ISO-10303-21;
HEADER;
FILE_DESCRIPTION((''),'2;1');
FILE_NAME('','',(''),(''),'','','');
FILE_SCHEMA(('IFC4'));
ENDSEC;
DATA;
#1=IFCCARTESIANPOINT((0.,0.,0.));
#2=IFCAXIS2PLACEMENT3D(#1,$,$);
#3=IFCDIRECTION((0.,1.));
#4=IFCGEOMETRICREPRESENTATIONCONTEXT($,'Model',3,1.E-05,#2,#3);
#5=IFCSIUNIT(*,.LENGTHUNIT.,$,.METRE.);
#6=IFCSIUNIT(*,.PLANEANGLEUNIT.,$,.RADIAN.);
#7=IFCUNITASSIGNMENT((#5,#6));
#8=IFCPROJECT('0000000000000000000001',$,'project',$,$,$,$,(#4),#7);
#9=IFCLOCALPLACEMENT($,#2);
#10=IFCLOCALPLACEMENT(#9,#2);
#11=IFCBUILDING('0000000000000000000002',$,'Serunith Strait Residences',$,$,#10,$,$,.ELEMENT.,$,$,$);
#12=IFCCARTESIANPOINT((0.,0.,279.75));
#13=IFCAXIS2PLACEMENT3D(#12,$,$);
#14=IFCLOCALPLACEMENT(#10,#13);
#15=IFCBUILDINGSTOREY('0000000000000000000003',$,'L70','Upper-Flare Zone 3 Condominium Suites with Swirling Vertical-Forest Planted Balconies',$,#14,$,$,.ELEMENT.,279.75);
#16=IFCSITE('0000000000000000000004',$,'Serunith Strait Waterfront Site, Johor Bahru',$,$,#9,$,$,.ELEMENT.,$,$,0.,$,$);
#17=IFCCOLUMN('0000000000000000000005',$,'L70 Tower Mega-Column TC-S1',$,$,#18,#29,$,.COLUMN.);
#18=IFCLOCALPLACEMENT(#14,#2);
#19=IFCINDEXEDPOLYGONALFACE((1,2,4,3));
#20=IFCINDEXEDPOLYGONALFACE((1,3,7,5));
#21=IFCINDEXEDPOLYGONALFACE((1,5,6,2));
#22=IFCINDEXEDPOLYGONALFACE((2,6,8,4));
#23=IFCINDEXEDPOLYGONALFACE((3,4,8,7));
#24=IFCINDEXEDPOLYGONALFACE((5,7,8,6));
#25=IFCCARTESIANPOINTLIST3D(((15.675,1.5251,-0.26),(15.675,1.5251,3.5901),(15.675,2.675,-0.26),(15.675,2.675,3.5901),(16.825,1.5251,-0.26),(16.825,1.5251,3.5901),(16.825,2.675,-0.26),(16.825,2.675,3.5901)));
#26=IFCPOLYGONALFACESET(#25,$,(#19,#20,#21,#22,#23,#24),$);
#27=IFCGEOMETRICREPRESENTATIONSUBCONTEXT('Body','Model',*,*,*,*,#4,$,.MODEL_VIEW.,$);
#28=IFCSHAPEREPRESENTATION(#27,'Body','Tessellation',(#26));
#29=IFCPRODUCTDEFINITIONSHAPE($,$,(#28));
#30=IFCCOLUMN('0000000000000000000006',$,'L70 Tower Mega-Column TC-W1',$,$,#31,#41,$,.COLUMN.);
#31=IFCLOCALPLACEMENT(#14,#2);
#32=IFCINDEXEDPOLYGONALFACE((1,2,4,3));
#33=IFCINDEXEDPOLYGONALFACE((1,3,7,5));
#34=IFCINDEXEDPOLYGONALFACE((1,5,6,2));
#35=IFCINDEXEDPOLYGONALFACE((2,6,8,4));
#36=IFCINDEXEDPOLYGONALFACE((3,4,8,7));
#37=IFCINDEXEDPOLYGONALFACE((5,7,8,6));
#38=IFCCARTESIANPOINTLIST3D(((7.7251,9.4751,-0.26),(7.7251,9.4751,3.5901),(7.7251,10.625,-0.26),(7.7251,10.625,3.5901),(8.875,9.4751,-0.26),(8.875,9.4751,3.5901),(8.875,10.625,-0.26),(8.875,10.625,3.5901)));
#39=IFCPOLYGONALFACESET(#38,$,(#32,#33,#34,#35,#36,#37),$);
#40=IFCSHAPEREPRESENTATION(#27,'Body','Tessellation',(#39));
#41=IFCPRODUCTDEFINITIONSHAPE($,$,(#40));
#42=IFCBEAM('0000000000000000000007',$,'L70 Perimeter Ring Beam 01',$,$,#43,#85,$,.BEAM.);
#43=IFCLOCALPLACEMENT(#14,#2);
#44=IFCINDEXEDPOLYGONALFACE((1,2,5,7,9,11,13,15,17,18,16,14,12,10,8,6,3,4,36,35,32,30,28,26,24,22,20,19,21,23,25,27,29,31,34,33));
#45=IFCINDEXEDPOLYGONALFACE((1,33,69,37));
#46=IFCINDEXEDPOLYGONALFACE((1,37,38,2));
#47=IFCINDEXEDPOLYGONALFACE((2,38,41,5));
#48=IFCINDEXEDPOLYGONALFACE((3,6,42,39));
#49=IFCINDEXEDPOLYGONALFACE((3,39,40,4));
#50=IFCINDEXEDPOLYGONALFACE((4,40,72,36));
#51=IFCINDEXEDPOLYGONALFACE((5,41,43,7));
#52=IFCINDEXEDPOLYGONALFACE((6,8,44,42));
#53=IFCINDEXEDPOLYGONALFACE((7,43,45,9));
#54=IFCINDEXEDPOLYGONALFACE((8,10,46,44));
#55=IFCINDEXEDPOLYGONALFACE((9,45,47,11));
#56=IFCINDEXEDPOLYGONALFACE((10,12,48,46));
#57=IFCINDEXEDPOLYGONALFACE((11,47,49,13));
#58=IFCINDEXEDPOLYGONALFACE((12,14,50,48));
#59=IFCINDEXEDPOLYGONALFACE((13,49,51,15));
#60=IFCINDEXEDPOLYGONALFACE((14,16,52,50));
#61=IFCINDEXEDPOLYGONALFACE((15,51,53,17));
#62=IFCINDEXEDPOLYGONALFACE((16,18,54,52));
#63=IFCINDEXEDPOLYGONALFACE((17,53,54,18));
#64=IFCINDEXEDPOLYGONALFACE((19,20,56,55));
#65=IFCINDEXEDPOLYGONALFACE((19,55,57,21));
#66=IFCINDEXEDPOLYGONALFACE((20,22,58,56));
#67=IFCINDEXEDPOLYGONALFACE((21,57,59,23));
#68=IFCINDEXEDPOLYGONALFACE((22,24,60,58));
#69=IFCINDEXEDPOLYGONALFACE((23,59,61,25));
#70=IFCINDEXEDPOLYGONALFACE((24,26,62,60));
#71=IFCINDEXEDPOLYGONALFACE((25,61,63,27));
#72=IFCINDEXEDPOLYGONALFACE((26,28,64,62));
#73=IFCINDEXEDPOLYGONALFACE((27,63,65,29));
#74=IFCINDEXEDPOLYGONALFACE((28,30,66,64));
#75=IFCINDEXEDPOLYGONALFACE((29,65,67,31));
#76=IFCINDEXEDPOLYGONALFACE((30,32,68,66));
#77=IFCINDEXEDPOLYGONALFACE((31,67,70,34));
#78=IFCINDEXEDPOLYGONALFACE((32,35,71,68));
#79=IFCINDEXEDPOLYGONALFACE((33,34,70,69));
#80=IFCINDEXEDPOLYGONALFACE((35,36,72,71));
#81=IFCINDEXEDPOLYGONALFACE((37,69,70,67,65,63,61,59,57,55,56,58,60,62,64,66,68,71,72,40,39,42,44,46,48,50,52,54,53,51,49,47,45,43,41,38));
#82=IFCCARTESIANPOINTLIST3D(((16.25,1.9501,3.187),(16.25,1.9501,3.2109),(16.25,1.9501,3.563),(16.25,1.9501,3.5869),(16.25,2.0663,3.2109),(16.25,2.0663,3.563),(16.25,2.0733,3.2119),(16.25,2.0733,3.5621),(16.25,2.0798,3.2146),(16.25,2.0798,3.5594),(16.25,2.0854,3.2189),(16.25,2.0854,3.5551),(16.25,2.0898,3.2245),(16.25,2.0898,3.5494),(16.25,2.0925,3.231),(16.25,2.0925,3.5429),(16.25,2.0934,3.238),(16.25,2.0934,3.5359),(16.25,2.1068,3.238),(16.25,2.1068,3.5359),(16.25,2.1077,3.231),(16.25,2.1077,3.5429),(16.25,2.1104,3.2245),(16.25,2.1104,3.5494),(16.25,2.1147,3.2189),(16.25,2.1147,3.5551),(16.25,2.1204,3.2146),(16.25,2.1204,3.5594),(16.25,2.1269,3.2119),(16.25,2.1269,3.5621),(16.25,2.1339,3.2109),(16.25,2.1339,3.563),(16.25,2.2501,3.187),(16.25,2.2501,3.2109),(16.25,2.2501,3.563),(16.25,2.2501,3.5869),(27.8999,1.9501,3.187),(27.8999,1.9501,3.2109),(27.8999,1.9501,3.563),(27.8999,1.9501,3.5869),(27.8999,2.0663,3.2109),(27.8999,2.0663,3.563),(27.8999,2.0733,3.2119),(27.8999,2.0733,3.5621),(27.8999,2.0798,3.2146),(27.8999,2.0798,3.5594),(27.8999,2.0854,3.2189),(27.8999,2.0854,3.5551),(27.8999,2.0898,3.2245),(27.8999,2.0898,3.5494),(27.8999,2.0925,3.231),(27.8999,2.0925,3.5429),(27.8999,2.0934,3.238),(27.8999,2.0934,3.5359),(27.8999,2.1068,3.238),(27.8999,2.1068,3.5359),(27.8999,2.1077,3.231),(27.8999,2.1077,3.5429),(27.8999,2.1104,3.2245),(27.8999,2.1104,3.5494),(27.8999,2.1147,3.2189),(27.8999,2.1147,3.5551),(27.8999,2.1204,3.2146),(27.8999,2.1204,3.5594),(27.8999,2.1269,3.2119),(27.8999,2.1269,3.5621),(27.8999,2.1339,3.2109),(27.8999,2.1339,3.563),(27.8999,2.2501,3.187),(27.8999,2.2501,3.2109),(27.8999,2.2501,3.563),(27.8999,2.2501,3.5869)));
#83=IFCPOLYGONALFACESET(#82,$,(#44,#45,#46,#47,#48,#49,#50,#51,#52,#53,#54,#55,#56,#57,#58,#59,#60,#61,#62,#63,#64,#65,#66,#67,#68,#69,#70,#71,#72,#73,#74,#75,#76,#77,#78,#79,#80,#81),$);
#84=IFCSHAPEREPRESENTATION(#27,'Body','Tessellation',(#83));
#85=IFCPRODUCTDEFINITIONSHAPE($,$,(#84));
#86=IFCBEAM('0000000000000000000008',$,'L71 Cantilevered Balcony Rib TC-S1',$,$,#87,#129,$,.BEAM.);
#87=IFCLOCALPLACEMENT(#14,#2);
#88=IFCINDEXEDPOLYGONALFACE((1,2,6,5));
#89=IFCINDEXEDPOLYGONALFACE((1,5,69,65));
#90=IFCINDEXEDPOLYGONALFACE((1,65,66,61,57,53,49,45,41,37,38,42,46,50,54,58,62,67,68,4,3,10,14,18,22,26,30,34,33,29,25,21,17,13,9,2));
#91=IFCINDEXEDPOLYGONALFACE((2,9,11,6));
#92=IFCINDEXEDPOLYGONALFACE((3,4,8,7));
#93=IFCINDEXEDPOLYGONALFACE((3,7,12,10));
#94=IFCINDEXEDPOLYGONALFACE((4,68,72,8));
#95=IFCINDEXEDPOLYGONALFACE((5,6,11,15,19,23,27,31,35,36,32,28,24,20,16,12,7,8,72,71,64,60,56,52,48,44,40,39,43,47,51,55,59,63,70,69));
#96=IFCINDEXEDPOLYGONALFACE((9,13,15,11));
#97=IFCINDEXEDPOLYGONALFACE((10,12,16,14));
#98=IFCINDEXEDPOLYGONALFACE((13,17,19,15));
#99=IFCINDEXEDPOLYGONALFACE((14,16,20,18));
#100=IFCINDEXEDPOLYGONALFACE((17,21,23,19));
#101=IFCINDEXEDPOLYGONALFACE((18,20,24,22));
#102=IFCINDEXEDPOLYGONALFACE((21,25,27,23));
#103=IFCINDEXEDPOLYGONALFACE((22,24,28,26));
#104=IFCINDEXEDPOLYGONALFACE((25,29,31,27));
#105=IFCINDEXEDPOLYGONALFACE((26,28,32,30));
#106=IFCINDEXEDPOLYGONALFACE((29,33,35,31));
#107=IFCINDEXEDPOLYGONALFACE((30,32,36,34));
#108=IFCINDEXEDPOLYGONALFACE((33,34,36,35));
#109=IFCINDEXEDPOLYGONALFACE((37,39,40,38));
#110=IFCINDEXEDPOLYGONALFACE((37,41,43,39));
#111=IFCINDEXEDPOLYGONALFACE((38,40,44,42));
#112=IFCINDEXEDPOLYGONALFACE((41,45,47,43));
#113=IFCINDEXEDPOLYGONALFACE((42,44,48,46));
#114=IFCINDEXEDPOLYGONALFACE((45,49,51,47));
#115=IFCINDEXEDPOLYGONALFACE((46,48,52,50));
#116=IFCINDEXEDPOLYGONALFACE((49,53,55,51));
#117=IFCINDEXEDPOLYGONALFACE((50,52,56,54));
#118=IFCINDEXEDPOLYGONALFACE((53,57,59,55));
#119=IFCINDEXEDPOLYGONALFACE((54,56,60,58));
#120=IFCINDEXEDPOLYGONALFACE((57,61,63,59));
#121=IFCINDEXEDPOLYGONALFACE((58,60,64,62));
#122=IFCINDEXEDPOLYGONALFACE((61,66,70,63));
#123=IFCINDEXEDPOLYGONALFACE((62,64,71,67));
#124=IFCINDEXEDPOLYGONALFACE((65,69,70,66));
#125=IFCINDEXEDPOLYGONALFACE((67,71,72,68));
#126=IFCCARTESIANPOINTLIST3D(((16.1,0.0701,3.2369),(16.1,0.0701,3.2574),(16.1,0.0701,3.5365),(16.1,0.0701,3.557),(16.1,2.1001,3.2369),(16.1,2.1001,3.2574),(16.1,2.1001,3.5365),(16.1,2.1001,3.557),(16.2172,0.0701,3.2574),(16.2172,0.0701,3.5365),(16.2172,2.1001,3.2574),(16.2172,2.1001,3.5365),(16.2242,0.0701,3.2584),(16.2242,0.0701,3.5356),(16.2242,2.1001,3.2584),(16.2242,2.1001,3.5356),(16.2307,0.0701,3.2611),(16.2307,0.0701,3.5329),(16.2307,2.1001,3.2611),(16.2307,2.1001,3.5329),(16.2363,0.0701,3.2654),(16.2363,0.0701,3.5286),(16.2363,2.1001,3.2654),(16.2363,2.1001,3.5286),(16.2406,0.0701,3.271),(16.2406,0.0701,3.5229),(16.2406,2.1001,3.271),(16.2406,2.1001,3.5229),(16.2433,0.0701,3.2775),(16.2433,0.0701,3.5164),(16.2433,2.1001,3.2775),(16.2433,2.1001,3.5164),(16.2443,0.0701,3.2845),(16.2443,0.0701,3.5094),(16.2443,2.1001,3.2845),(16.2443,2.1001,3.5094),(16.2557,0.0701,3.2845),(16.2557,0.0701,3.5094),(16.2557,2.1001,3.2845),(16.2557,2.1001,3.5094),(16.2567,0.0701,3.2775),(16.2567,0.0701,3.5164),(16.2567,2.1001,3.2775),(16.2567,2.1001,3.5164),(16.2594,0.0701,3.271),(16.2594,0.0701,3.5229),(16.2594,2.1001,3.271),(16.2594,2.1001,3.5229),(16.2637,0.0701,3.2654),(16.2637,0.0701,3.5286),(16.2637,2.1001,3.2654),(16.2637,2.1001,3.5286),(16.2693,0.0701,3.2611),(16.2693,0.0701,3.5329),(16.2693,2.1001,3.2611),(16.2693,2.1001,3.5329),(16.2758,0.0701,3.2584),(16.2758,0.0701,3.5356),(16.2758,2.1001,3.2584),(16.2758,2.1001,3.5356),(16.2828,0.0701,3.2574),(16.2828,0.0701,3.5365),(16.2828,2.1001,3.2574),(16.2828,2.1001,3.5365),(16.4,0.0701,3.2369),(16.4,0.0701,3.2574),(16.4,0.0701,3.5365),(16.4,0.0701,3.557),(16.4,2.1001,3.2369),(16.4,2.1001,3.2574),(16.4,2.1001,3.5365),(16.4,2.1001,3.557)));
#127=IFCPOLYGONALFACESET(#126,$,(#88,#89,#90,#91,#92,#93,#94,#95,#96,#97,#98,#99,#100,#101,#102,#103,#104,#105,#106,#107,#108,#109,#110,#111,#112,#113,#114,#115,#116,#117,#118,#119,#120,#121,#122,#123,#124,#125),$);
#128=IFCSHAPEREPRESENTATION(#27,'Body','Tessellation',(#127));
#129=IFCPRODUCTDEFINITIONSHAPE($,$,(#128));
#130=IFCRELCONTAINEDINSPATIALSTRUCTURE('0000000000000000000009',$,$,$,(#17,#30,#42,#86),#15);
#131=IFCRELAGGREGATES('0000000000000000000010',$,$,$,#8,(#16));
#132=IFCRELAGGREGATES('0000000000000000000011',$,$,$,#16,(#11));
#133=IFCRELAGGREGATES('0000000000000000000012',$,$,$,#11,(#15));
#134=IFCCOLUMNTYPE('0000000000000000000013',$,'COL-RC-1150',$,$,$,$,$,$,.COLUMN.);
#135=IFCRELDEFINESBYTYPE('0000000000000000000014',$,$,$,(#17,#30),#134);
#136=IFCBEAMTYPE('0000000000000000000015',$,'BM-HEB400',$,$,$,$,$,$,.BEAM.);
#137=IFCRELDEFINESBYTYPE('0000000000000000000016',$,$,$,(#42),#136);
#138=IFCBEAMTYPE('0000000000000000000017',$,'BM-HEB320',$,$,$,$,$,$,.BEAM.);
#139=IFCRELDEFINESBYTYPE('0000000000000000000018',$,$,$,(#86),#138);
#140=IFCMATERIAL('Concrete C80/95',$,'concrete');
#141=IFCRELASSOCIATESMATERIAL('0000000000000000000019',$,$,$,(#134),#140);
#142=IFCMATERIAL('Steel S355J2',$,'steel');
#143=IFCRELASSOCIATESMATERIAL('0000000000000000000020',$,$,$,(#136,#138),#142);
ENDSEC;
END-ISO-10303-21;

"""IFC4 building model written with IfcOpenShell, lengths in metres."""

from ifc_helpers import new_model, si_unit, direction, frame, origin, origin_2d, place, context, subcontext, project, spatial, rectangle, i_section, extrude, source, transform, mapped, material, material_profile, profile_set, type_object, element, save


model = new_model("IFC4")

# Units and contexts
model_context = context("Model", 3, precision=1e-05, world=origin(), true_north=direction((0.0, 1.0)))
body_context = subcontext(model_context, "Body", "Model", "MODEL_VIEW")
ifc_project = project(units=[si_unit("LENGTHUNIT", "METRE"), si_unit("PLANEANGLEUNIT", "RADIAN")], contexts=[model_context])

# Site, building, storey
site_placement = place(None, origin())
site = spatial("IfcSite", under=ifc_project, at=site_placement, Name="Serunith Strait Waterfront Site, Johor Bahru", CompositionType="ELEMENT", RefElevation=0.0)
building_placement = place(site_placement, origin())
building = spatial("IfcBuilding", under=site, at=building_placement, Name="Serunith Strait Residences", CompositionType="ELEMENT")
storey_placement = place(building_placement, frame((0.0, 0.0, 279.75)))
storey = spatial("IfcBuildingStorey", under=building, at=storey_placement, Name="L70", Description="Upper-Flare Zone 3 Condominium Suites with Swirling Vertical-Forest Planted Balconies", CompositionType="ELEMENT", Elevation=279.75)

# Columns
ifc_material_1 = material(Name="Concrete C80/95", Category="concrete")
ifc_material_profile_1 = material_profile(ifc_material_1, rectangle(XDim=1.1499, YDim=1.1499, at=origin_2d()), Name="RC 1150x1150")
ifc_profile_set_1 = profile_set([ifc_material_profile_1], Name="Concrete C80/95")
column_type = type_object("IfcColumnType", Name="COL-RC-1150", PredefinedType="COLUMN", material=ifc_profile_set_1)
shared_shape_1 = source(origin(), body_context, "Body", "SweptSolid", [
    extrude(rectangle(XDim=1.1499, YDim=1.1499, at=origin_2d()), origin(), (0.0, 0.0, 1.0), 3.8501),
])
for number, where, z_axis, x_axis, name in (
    (1, (16.25, 2.1001, -0.26), (0.0, 0.0, 1.0), (1.0, 0.0, 0.0), "L70 Tower Mega-Column TC-S1"),
    (2, (8.3, 10.05, -0.26), (0.0, 0.0, 1.0), (1.0, 0.0, 0.0), "L70 Tower Mega-Column TC-W1"),
):
    element("IfcColumn", number, at=place(storey_placement, frame(where, z_axis=z_axis, x_axis=x_axis)), inside=storey, type_object=column_type, Name=name, PredefinedType="COLUMN", context=body_context, shape_type="MappedRepresentation", body=[
        mapped(shared_shape_1, transform((0.0, 0.0, 0.0), scale=1.0)),
    ])

# Beams
ifc_material_2 = material(Name="Steel S355J2", Category="steel")
ifc_material_profile_2 = material_profile(ifc_material_2, i_section(OverallWidth=0.3, OverallDepth=0.3999, WebThickness=0.0134, FlangeThickness=0.0239, FilletRadius=0.0271, at=origin_2d()), Name="HEB 400")
ifc_profile_set_2 = profile_set([ifc_material_profile_2], Name="Steel S355J2")
beam_type_1 = type_object("IfcBeamType", Name="BM-HEB400", PredefinedType="BEAM", material=ifc_profile_set_2)
shared_shape_2 = source(origin(), body_context, "Body", "SweptSolid", [
    extrude(i_section(OverallWidth=0.3, OverallDepth=0.3999, WebThickness=0.0134, FlangeThickness=0.0239, FilletRadius=0.0271, at=origin_2d()), origin(), (0.0, 0.0, 1.0), 11.6499),
])
beam_1_placement = place(storey_placement, frame((16.25, 2.1001, 3.387), z_axis=(1.0, 0.0, 0.0), x_axis=(0.0, 1.0, 0.0)))
element("IfcBeam", 3, at=beam_1_placement, inside=storey, type_object=beam_type_1, Name="L70 Perimeter Ring Beam 01", PredefinedType="BEAM", context=body_context, shape_type="MappedRepresentation", body=[
    mapped(shared_shape_2, transform((0.0, 0.0, 0.0), scale=1.0)),
])
ifc_material_profile_3 = material_profile(ifc_material_2, i_section(OverallWidth=0.3, OverallDepth=0.3201, WebThickness=0.0115, FlangeThickness=0.0205, FilletRadius=0.0271, at=origin_2d()), Name="HEB 320")
ifc_profile_set_3 = profile_set([ifc_material_profile_3], Name="Steel S355J2")
beam_type_2 = type_object("IfcBeamType", Name="BM-HEB320", PredefinedType="BEAM", material=ifc_profile_set_3)
shared_shape_3 = source(origin(), body_context, "Body", "SweptSolid", [
    extrude(i_section(OverallWidth=0.3, OverallDepth=0.3201, WebThickness=0.0115, FlangeThickness=0.0205, FilletRadius=0.0271, at=origin_2d()), origin(), (0.0, 0.0, 1.0), 2.03),
])
beam_2_placement = place(storey_placement, frame((16.25, 2.1001, 3.397), z_axis=(0.0, -1.0, 0.0), x_axis=(1.0, 0.0, 0.0)))
element("IfcBeam", 4, at=beam_2_placement, inside=storey, type_object=beam_type_2, Name="L71 Cantilevered Balcony Rib TC-S1", PredefinedType="BEAM", context=body_context, shape_type="MappedRepresentation", body=[
    mapped(shared_shape_3, transform((0.0, 0.0, 0.0), scale=1.0)),
])

save(model, "model.ifc")
